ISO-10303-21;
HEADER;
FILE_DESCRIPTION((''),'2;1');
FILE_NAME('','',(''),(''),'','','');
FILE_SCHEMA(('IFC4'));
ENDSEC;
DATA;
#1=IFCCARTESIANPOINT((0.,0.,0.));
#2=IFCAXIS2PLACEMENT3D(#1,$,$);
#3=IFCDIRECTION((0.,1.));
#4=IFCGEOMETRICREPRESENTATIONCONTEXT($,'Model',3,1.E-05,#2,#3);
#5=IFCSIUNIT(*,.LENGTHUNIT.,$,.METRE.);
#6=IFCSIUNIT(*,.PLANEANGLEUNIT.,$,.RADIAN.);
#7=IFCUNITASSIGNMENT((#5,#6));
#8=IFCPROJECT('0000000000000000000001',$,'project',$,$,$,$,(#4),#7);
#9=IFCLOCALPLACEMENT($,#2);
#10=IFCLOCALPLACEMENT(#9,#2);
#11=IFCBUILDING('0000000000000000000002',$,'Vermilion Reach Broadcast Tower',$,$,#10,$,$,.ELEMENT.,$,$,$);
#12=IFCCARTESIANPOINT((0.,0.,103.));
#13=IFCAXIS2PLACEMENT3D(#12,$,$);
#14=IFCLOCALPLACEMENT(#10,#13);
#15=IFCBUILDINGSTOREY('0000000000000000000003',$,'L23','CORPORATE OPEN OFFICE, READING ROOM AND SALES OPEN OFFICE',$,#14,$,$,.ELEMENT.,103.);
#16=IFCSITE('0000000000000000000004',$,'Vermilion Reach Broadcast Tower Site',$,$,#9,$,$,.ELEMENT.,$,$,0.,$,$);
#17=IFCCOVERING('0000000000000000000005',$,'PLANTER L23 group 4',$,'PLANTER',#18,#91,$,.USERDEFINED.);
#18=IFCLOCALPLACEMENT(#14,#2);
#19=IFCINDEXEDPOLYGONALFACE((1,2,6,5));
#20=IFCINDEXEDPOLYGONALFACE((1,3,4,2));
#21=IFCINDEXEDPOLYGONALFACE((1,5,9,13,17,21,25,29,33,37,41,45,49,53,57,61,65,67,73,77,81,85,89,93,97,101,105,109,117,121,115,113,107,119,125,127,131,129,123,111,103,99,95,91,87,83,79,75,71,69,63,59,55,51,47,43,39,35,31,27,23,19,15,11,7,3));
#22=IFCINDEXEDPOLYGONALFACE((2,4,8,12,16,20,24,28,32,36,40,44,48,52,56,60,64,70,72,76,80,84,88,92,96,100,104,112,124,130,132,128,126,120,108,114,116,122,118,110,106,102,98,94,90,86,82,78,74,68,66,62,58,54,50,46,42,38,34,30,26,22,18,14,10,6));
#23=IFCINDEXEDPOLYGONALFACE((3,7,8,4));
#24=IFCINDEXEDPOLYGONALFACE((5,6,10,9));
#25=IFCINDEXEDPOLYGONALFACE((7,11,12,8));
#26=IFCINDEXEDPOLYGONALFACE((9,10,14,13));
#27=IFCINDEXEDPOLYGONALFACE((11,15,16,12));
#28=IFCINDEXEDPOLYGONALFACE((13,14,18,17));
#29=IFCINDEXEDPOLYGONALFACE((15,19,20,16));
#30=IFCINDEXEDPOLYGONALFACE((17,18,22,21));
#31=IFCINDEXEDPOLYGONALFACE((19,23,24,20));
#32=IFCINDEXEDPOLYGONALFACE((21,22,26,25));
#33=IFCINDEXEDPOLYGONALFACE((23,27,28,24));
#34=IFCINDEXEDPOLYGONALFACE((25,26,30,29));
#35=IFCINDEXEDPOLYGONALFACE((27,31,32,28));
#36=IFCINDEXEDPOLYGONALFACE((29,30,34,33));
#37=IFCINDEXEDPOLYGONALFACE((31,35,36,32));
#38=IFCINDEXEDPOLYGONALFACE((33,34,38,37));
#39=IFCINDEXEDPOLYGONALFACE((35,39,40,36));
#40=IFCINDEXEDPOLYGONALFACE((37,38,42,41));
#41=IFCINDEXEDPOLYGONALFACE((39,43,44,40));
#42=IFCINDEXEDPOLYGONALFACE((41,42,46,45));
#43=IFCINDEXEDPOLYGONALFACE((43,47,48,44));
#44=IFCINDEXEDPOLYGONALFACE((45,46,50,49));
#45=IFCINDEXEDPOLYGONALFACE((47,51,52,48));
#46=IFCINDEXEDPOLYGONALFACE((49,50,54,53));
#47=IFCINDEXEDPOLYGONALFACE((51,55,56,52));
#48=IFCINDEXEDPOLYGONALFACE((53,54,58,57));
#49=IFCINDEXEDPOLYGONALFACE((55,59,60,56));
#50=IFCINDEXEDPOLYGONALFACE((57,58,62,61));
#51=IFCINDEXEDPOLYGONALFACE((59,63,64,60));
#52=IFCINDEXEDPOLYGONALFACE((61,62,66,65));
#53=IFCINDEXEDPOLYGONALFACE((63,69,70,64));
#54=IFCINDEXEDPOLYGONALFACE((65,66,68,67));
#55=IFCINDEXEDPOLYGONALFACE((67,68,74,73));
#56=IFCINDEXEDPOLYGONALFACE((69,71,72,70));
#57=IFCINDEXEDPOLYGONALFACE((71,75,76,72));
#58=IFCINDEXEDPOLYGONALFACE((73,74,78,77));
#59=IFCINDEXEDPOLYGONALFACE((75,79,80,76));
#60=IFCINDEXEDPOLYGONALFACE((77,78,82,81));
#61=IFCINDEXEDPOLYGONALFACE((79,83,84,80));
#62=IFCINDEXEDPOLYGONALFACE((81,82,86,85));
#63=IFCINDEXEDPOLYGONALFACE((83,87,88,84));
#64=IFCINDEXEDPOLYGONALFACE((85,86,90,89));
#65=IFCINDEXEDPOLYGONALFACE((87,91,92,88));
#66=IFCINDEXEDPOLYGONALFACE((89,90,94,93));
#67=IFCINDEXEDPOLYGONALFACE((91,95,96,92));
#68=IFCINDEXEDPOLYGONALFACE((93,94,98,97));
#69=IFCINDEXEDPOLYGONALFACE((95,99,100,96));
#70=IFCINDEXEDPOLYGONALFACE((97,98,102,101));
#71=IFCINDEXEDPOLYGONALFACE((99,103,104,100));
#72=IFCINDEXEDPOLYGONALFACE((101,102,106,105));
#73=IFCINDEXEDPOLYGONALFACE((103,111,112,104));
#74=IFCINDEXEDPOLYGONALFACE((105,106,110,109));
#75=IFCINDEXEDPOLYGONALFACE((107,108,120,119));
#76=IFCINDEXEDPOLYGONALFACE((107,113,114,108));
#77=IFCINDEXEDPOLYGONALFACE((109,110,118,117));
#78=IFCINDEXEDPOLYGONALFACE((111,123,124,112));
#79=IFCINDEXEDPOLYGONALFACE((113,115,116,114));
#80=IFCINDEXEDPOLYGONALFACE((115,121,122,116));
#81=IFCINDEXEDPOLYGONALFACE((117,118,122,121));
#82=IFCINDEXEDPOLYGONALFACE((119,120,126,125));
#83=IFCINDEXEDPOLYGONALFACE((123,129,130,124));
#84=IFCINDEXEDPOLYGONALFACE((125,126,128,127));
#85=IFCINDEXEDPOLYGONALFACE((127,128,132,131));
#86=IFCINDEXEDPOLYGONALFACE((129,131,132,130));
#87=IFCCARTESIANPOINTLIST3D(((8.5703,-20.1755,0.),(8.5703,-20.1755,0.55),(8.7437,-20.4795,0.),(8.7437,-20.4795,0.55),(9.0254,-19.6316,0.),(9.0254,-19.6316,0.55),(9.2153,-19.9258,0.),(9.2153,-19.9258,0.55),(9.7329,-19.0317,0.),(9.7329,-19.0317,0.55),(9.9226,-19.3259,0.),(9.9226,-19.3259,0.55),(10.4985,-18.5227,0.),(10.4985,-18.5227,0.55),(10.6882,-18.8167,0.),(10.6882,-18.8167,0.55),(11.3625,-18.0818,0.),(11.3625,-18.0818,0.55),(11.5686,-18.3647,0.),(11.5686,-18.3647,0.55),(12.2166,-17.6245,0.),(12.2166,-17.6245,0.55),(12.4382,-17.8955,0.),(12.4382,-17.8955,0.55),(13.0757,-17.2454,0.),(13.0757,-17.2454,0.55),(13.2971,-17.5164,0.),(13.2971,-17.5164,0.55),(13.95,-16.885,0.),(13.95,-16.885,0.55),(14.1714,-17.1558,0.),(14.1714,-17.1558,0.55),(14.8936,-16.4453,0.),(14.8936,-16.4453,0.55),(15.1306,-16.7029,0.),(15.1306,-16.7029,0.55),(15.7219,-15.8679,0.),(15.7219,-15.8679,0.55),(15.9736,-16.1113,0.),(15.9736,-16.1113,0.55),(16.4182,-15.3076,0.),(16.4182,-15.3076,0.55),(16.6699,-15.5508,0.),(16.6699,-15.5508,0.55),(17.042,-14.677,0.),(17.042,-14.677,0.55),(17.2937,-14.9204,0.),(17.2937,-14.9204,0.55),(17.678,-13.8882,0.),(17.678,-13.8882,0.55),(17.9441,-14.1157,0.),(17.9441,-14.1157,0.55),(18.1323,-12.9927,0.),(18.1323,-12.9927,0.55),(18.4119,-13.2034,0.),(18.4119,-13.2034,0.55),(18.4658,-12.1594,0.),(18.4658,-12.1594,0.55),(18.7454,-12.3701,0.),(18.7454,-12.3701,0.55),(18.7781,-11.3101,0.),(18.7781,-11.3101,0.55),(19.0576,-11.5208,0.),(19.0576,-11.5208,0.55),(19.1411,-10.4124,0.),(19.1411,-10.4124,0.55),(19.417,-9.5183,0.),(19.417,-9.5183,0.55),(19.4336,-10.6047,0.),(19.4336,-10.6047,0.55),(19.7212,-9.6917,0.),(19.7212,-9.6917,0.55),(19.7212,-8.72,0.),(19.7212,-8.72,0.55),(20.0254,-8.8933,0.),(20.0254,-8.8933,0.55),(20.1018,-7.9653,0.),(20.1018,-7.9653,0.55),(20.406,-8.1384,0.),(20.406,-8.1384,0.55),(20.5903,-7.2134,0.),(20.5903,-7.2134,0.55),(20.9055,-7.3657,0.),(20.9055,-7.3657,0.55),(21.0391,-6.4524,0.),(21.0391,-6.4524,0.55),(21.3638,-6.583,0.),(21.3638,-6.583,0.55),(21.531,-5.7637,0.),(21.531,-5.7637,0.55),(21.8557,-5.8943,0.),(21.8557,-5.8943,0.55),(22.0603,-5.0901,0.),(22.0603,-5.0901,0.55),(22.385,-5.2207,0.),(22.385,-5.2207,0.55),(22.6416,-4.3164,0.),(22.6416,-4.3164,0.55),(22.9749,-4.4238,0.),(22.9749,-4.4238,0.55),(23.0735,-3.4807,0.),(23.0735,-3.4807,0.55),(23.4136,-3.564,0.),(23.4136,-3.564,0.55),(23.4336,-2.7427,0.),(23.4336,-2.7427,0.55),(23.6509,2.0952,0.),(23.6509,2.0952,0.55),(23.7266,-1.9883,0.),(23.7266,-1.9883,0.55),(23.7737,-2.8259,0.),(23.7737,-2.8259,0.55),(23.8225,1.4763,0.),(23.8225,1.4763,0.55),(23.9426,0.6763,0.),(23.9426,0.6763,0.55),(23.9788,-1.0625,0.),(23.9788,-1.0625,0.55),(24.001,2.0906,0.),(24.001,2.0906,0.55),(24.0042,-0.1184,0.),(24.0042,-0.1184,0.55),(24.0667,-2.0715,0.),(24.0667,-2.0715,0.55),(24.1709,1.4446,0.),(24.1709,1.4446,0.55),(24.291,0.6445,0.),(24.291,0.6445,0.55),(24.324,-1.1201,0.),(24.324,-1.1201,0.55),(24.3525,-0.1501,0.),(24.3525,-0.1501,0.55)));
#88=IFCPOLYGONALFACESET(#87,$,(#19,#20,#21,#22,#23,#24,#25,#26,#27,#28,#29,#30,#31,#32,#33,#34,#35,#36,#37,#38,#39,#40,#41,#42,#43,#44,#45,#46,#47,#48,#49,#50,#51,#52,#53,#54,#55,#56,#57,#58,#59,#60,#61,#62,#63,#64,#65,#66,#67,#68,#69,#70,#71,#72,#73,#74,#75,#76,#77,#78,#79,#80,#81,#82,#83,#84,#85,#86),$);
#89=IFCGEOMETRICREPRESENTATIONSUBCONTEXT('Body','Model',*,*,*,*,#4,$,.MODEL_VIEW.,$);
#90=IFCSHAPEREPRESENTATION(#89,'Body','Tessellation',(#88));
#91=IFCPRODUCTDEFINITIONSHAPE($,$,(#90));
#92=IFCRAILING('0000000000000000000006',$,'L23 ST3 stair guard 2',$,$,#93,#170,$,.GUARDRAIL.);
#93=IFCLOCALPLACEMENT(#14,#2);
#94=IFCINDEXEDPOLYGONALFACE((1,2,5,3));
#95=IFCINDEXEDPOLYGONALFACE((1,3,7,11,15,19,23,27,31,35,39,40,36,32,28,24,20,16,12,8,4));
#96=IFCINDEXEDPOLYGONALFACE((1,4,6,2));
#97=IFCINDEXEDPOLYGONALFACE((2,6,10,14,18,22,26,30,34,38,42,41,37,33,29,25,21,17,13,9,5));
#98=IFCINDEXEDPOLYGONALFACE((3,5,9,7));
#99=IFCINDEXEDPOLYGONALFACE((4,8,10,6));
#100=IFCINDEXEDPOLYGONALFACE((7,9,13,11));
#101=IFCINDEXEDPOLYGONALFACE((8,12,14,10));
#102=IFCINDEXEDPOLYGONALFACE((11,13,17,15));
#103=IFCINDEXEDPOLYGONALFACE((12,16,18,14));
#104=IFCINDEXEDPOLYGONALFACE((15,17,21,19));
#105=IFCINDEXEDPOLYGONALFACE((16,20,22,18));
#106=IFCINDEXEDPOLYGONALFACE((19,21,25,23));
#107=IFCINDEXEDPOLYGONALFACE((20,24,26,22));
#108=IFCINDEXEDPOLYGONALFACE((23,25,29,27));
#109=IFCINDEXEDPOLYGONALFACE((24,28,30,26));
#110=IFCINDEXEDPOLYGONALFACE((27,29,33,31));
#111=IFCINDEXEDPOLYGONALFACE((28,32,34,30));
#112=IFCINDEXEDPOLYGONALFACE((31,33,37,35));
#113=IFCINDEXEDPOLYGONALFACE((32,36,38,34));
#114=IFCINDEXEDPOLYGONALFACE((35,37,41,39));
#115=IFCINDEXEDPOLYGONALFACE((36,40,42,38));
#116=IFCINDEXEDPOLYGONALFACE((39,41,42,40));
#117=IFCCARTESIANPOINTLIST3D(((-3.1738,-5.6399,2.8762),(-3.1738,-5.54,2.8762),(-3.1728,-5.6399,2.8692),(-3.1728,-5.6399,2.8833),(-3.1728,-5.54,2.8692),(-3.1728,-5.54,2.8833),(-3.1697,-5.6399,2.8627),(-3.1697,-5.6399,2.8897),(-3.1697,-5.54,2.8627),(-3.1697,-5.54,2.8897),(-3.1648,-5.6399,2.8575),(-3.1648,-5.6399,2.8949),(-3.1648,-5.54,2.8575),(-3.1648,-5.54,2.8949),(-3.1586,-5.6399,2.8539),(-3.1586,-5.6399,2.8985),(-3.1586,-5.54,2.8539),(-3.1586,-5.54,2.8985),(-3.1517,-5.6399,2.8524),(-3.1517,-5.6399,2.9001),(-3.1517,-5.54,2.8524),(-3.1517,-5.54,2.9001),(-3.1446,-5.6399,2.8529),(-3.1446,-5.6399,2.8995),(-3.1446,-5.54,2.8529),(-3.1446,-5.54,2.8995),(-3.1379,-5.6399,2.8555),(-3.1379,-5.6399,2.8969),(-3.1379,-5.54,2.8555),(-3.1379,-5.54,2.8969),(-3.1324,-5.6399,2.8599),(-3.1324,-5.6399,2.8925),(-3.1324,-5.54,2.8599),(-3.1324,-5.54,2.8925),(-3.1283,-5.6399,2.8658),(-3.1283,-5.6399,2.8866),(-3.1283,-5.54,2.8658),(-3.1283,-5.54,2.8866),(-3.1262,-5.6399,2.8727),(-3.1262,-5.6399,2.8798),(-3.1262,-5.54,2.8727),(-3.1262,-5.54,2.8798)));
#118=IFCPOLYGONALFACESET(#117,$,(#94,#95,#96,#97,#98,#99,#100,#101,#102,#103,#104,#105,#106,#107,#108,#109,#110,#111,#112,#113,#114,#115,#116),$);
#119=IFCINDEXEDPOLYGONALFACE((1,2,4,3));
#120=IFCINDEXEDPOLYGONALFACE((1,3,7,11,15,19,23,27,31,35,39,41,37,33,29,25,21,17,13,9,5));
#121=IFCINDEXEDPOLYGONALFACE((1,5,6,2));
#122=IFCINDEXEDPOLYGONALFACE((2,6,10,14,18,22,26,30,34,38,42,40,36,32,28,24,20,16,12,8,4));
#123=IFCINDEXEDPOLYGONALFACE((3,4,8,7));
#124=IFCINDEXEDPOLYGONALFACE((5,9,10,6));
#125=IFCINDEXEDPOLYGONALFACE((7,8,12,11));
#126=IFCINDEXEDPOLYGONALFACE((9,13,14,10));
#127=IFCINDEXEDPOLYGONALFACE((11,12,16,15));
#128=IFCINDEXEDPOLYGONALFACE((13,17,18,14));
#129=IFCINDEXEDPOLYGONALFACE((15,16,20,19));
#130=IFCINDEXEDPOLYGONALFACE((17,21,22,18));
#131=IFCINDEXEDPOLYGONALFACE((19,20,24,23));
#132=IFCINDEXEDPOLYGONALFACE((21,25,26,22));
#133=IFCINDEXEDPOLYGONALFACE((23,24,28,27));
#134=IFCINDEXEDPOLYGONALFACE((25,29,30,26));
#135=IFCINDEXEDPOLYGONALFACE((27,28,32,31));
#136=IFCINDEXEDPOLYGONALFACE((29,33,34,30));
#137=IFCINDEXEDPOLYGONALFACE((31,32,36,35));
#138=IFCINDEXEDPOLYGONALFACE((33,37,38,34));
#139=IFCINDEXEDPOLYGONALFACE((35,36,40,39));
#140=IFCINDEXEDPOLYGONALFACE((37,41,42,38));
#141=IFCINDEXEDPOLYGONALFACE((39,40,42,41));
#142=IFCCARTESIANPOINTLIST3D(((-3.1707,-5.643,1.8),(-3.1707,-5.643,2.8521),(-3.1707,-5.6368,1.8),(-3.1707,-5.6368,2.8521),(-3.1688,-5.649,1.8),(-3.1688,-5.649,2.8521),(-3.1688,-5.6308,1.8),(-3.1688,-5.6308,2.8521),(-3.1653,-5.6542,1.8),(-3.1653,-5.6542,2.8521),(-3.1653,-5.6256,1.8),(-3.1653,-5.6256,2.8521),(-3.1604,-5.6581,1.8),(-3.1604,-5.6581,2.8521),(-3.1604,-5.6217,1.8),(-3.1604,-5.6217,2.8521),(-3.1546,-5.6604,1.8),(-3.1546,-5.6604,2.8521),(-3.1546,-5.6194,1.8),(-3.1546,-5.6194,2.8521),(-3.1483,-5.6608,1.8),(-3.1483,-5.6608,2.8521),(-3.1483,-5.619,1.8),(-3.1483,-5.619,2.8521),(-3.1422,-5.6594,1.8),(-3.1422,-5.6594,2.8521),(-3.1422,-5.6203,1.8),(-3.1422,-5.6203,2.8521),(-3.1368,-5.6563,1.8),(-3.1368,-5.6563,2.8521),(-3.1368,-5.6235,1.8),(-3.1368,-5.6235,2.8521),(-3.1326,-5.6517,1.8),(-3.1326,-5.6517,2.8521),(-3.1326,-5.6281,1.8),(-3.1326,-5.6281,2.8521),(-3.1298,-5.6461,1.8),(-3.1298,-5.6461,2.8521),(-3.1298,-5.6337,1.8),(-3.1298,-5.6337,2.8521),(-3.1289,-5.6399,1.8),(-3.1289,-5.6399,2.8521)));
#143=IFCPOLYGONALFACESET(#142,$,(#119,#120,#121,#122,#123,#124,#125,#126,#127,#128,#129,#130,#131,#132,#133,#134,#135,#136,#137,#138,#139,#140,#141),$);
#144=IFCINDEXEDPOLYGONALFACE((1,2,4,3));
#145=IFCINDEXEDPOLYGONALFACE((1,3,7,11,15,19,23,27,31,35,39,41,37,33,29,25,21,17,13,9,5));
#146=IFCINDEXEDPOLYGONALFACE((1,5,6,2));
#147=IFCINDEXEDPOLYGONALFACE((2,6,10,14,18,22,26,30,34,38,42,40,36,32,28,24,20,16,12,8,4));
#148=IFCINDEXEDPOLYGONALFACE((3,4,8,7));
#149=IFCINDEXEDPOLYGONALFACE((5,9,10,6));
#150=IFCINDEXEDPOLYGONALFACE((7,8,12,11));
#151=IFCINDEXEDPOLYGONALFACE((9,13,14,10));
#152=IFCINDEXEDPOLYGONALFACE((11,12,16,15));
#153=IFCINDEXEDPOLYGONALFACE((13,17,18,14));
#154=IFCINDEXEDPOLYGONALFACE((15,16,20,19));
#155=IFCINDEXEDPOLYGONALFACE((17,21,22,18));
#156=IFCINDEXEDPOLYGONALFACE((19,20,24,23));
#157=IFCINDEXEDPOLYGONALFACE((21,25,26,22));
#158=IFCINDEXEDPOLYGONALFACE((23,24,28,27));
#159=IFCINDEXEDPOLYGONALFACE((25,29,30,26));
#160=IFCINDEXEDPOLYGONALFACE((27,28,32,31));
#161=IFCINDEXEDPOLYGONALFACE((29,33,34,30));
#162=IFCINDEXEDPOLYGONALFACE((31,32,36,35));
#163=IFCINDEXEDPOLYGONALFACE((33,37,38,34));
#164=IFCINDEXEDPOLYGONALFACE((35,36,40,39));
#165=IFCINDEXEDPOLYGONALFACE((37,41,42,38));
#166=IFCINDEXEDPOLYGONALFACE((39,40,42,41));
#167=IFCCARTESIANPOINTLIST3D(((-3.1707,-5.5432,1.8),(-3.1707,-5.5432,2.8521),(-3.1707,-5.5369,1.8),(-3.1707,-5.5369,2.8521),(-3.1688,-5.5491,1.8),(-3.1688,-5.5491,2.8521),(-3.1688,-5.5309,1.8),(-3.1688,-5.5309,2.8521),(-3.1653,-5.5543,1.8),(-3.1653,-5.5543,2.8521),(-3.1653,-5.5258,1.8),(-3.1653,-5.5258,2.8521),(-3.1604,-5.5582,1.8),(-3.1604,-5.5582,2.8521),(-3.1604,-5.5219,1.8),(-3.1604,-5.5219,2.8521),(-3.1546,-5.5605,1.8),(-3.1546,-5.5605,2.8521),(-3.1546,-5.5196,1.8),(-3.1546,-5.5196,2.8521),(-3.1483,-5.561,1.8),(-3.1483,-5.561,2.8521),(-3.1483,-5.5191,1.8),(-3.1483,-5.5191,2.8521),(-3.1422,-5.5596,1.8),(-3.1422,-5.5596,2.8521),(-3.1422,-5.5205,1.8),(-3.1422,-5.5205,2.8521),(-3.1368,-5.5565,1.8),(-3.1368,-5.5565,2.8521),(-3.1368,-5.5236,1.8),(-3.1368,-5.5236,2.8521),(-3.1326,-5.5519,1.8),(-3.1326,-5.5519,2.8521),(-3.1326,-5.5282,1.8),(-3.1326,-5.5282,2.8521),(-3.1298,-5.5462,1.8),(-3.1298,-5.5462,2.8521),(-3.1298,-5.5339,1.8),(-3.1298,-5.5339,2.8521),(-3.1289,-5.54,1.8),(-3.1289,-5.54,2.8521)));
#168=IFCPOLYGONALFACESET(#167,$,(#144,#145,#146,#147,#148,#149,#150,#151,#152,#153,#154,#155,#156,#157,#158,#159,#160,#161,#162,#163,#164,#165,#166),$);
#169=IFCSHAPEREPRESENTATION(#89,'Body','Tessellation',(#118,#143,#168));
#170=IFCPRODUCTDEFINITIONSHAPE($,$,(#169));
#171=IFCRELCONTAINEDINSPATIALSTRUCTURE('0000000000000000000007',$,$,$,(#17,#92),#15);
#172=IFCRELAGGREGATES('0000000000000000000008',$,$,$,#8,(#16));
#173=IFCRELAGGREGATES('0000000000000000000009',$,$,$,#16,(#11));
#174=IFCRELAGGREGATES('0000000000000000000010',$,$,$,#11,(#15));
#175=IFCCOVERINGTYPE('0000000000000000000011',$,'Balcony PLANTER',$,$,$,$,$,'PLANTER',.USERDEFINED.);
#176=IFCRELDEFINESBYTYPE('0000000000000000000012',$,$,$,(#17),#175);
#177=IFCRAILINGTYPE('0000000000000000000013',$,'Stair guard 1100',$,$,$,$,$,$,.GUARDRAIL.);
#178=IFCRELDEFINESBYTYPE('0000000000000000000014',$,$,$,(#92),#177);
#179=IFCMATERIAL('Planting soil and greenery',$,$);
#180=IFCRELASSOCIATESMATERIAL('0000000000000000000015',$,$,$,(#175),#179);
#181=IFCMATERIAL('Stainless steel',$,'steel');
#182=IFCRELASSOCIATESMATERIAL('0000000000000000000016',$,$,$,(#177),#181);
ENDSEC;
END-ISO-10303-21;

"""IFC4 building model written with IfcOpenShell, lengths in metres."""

from ifc_helpers import new_model, si_unit, direction, frame, origin, origin_2d, place, context, subcontext, project, spatial, polyline, circle, outline, extrude, material, type_object, element, save


model = new_model("IFC4")

# Units and contexts
model_context = context("Model", 3, precision=1e-05, world=origin(), true_north=direction((0.0, 1.0)))
body_context = subcontext(model_context, "Body", "Model", "MODEL_VIEW")
ifc_project = project(units=[si_unit("LENGTHUNIT", "METRE"), si_unit("PLANEANGLEUNIT", "RADIAN")], contexts=[model_context])

# Site, building, storey
site_placement = place(None, origin())
site = spatial("IfcSite", under=ifc_project, at=site_placement, Name="Vermilion Reach Broadcast Tower Site", CompositionType="ELEMENT", RefElevation=0.0)
building_placement = place(site_placement, origin())
building = spatial("IfcBuilding", under=site, at=building_placement, Name="Vermilion Reach Broadcast Tower", CompositionType="ELEMENT")
storey_placement = place(building_placement, frame((0.0, 0.0, 103.0)))
storey = spatial("IfcBuildingStorey", under=building, at=storey_placement, Name="L23", Description="CORPORATE OPEN OFFICE, READING ROOM AND SALES OPEN OFFICE", CompositionType="ELEMENT", Elevation=103.0)

# Shared definitions
placement_1 = place(storey_placement, origin())

# Covering
ifc_material_1 = material(Name="Planting soil and greenery")
covering_type = type_object("IfcCoveringType", Name="Balcony PLANTER", ElementType="PLANTER", PredefinedType="USERDEFINED", material=ifc_material_1)
element("IfcCovering", 1, at=placement_1, inside=storey, type_object=covering_type, Name="PLANTER L23 group 4", ObjectType="PLANTER", PredefinedType="USERDEFINED", context=body_context, shape_type="SweptSolid", body=[
    extrude(outline(polyline([(8.7437, -20.4795), (9.2153, -19.9258), (9.9226, -19.3259), (10.6882, -18.8167), (11.5686, -18.3647), (12.4382, -17.8955), (13.2971, -17.5164), (14.1714, -17.1558), (15.1306, -16.7029), (15.9736, -16.1113), (16.6699, -15.5508), (17.2937, -14.9204), (17.9441, -14.1157), (18.4119, -13.2034), (18.7454, -12.3701), (19.0576, -11.5208), (19.4336, -10.6047), (19.7212, -9.6917), (20.0254, -8.8933), (20.406, -8.1384), (20.9055, -7.3657), (21.3638, -6.583), (21.8557, -5.8943), (22.385, -5.2207), (22.9749, -4.4238), (23.4136, -3.564), (23.7737, -2.8259), (24.0667, -2.0715), (24.324, -1.1201), (24.3525, -0.1501), (24.291, 0.6445), (24.1709, 1.4446), (24.001, 2.0906), (23.6509, 2.0952), (23.8225, 1.4763), (23.9426, 0.6763), (24.0042, -0.1184), (23.9788, -1.0625), (23.7266, -1.9883), (23.4336, -2.7427), (23.0735, -3.4807), (22.6416, -4.3164), (22.0603, -5.0901), (21.531, -5.7637), (21.0391, -6.4524), (20.5903, -7.2134), (20.1018, -7.9653), (19.7212, -8.72), (19.417, -9.5183), (19.1411, -10.4124), (18.7781, -11.3101), (18.4658, -12.1594), (18.1323, -12.9927), (17.678, -13.8882), (17.042, -14.677), (16.4182, -15.3076), (15.7219, -15.8679), (14.8936, -16.4453), (13.95, -16.885), (13.0757, -17.2454), (12.2166, -17.6245), (11.3625, -18.0818), (10.4985, -18.5227), (9.7329, -19.0317), (9.0254, -19.6316), (8.5703, -20.1755), (8.7437, -20.4795)])), origin(), (0.0, 0.0, 1.0), 0.55),
])

# Railing
ifc_material_2 = material(Name="Stainless steel", Category="steel")
railing_type_1 = type_object("IfcRailingType", Name="Stair guard 1100", PredefinedType="GUARDRAIL", material=ifc_material_2)
railing_1_placement = place(storey_placement, frame((-3.1499, -5.6399, 1.8)))
element("IfcRailing", 2, at=railing_1_placement, inside=storey, type_object=railing_type_1, Name="L23 ST3 stair guard 2", PredefinedType="GUARDRAIL", context=body_context, shape_type="SweptSolid", body=[
    extrude(circle(Radius=0.0239, at=origin_2d()), frame((0.0, 0.0, 1.0762), z_axis=(0.0, 1.0, 0.0), x_axis=(-1.0, 0.0, 0.0)), (0.0, 0.0, 1.0), 0.0999),
    extrude(circle(Radius=0.021, at=origin_2d()), origin(), (0.0, 0.0, 1.0), 1.052),
    extrude(circle(Radius=0.021, at=origin_2d()), frame((0.0, 0.0999, 0.0)), (0.0, 0.0, 1.0), 1.052),
])

save(model, "model.ifc")
